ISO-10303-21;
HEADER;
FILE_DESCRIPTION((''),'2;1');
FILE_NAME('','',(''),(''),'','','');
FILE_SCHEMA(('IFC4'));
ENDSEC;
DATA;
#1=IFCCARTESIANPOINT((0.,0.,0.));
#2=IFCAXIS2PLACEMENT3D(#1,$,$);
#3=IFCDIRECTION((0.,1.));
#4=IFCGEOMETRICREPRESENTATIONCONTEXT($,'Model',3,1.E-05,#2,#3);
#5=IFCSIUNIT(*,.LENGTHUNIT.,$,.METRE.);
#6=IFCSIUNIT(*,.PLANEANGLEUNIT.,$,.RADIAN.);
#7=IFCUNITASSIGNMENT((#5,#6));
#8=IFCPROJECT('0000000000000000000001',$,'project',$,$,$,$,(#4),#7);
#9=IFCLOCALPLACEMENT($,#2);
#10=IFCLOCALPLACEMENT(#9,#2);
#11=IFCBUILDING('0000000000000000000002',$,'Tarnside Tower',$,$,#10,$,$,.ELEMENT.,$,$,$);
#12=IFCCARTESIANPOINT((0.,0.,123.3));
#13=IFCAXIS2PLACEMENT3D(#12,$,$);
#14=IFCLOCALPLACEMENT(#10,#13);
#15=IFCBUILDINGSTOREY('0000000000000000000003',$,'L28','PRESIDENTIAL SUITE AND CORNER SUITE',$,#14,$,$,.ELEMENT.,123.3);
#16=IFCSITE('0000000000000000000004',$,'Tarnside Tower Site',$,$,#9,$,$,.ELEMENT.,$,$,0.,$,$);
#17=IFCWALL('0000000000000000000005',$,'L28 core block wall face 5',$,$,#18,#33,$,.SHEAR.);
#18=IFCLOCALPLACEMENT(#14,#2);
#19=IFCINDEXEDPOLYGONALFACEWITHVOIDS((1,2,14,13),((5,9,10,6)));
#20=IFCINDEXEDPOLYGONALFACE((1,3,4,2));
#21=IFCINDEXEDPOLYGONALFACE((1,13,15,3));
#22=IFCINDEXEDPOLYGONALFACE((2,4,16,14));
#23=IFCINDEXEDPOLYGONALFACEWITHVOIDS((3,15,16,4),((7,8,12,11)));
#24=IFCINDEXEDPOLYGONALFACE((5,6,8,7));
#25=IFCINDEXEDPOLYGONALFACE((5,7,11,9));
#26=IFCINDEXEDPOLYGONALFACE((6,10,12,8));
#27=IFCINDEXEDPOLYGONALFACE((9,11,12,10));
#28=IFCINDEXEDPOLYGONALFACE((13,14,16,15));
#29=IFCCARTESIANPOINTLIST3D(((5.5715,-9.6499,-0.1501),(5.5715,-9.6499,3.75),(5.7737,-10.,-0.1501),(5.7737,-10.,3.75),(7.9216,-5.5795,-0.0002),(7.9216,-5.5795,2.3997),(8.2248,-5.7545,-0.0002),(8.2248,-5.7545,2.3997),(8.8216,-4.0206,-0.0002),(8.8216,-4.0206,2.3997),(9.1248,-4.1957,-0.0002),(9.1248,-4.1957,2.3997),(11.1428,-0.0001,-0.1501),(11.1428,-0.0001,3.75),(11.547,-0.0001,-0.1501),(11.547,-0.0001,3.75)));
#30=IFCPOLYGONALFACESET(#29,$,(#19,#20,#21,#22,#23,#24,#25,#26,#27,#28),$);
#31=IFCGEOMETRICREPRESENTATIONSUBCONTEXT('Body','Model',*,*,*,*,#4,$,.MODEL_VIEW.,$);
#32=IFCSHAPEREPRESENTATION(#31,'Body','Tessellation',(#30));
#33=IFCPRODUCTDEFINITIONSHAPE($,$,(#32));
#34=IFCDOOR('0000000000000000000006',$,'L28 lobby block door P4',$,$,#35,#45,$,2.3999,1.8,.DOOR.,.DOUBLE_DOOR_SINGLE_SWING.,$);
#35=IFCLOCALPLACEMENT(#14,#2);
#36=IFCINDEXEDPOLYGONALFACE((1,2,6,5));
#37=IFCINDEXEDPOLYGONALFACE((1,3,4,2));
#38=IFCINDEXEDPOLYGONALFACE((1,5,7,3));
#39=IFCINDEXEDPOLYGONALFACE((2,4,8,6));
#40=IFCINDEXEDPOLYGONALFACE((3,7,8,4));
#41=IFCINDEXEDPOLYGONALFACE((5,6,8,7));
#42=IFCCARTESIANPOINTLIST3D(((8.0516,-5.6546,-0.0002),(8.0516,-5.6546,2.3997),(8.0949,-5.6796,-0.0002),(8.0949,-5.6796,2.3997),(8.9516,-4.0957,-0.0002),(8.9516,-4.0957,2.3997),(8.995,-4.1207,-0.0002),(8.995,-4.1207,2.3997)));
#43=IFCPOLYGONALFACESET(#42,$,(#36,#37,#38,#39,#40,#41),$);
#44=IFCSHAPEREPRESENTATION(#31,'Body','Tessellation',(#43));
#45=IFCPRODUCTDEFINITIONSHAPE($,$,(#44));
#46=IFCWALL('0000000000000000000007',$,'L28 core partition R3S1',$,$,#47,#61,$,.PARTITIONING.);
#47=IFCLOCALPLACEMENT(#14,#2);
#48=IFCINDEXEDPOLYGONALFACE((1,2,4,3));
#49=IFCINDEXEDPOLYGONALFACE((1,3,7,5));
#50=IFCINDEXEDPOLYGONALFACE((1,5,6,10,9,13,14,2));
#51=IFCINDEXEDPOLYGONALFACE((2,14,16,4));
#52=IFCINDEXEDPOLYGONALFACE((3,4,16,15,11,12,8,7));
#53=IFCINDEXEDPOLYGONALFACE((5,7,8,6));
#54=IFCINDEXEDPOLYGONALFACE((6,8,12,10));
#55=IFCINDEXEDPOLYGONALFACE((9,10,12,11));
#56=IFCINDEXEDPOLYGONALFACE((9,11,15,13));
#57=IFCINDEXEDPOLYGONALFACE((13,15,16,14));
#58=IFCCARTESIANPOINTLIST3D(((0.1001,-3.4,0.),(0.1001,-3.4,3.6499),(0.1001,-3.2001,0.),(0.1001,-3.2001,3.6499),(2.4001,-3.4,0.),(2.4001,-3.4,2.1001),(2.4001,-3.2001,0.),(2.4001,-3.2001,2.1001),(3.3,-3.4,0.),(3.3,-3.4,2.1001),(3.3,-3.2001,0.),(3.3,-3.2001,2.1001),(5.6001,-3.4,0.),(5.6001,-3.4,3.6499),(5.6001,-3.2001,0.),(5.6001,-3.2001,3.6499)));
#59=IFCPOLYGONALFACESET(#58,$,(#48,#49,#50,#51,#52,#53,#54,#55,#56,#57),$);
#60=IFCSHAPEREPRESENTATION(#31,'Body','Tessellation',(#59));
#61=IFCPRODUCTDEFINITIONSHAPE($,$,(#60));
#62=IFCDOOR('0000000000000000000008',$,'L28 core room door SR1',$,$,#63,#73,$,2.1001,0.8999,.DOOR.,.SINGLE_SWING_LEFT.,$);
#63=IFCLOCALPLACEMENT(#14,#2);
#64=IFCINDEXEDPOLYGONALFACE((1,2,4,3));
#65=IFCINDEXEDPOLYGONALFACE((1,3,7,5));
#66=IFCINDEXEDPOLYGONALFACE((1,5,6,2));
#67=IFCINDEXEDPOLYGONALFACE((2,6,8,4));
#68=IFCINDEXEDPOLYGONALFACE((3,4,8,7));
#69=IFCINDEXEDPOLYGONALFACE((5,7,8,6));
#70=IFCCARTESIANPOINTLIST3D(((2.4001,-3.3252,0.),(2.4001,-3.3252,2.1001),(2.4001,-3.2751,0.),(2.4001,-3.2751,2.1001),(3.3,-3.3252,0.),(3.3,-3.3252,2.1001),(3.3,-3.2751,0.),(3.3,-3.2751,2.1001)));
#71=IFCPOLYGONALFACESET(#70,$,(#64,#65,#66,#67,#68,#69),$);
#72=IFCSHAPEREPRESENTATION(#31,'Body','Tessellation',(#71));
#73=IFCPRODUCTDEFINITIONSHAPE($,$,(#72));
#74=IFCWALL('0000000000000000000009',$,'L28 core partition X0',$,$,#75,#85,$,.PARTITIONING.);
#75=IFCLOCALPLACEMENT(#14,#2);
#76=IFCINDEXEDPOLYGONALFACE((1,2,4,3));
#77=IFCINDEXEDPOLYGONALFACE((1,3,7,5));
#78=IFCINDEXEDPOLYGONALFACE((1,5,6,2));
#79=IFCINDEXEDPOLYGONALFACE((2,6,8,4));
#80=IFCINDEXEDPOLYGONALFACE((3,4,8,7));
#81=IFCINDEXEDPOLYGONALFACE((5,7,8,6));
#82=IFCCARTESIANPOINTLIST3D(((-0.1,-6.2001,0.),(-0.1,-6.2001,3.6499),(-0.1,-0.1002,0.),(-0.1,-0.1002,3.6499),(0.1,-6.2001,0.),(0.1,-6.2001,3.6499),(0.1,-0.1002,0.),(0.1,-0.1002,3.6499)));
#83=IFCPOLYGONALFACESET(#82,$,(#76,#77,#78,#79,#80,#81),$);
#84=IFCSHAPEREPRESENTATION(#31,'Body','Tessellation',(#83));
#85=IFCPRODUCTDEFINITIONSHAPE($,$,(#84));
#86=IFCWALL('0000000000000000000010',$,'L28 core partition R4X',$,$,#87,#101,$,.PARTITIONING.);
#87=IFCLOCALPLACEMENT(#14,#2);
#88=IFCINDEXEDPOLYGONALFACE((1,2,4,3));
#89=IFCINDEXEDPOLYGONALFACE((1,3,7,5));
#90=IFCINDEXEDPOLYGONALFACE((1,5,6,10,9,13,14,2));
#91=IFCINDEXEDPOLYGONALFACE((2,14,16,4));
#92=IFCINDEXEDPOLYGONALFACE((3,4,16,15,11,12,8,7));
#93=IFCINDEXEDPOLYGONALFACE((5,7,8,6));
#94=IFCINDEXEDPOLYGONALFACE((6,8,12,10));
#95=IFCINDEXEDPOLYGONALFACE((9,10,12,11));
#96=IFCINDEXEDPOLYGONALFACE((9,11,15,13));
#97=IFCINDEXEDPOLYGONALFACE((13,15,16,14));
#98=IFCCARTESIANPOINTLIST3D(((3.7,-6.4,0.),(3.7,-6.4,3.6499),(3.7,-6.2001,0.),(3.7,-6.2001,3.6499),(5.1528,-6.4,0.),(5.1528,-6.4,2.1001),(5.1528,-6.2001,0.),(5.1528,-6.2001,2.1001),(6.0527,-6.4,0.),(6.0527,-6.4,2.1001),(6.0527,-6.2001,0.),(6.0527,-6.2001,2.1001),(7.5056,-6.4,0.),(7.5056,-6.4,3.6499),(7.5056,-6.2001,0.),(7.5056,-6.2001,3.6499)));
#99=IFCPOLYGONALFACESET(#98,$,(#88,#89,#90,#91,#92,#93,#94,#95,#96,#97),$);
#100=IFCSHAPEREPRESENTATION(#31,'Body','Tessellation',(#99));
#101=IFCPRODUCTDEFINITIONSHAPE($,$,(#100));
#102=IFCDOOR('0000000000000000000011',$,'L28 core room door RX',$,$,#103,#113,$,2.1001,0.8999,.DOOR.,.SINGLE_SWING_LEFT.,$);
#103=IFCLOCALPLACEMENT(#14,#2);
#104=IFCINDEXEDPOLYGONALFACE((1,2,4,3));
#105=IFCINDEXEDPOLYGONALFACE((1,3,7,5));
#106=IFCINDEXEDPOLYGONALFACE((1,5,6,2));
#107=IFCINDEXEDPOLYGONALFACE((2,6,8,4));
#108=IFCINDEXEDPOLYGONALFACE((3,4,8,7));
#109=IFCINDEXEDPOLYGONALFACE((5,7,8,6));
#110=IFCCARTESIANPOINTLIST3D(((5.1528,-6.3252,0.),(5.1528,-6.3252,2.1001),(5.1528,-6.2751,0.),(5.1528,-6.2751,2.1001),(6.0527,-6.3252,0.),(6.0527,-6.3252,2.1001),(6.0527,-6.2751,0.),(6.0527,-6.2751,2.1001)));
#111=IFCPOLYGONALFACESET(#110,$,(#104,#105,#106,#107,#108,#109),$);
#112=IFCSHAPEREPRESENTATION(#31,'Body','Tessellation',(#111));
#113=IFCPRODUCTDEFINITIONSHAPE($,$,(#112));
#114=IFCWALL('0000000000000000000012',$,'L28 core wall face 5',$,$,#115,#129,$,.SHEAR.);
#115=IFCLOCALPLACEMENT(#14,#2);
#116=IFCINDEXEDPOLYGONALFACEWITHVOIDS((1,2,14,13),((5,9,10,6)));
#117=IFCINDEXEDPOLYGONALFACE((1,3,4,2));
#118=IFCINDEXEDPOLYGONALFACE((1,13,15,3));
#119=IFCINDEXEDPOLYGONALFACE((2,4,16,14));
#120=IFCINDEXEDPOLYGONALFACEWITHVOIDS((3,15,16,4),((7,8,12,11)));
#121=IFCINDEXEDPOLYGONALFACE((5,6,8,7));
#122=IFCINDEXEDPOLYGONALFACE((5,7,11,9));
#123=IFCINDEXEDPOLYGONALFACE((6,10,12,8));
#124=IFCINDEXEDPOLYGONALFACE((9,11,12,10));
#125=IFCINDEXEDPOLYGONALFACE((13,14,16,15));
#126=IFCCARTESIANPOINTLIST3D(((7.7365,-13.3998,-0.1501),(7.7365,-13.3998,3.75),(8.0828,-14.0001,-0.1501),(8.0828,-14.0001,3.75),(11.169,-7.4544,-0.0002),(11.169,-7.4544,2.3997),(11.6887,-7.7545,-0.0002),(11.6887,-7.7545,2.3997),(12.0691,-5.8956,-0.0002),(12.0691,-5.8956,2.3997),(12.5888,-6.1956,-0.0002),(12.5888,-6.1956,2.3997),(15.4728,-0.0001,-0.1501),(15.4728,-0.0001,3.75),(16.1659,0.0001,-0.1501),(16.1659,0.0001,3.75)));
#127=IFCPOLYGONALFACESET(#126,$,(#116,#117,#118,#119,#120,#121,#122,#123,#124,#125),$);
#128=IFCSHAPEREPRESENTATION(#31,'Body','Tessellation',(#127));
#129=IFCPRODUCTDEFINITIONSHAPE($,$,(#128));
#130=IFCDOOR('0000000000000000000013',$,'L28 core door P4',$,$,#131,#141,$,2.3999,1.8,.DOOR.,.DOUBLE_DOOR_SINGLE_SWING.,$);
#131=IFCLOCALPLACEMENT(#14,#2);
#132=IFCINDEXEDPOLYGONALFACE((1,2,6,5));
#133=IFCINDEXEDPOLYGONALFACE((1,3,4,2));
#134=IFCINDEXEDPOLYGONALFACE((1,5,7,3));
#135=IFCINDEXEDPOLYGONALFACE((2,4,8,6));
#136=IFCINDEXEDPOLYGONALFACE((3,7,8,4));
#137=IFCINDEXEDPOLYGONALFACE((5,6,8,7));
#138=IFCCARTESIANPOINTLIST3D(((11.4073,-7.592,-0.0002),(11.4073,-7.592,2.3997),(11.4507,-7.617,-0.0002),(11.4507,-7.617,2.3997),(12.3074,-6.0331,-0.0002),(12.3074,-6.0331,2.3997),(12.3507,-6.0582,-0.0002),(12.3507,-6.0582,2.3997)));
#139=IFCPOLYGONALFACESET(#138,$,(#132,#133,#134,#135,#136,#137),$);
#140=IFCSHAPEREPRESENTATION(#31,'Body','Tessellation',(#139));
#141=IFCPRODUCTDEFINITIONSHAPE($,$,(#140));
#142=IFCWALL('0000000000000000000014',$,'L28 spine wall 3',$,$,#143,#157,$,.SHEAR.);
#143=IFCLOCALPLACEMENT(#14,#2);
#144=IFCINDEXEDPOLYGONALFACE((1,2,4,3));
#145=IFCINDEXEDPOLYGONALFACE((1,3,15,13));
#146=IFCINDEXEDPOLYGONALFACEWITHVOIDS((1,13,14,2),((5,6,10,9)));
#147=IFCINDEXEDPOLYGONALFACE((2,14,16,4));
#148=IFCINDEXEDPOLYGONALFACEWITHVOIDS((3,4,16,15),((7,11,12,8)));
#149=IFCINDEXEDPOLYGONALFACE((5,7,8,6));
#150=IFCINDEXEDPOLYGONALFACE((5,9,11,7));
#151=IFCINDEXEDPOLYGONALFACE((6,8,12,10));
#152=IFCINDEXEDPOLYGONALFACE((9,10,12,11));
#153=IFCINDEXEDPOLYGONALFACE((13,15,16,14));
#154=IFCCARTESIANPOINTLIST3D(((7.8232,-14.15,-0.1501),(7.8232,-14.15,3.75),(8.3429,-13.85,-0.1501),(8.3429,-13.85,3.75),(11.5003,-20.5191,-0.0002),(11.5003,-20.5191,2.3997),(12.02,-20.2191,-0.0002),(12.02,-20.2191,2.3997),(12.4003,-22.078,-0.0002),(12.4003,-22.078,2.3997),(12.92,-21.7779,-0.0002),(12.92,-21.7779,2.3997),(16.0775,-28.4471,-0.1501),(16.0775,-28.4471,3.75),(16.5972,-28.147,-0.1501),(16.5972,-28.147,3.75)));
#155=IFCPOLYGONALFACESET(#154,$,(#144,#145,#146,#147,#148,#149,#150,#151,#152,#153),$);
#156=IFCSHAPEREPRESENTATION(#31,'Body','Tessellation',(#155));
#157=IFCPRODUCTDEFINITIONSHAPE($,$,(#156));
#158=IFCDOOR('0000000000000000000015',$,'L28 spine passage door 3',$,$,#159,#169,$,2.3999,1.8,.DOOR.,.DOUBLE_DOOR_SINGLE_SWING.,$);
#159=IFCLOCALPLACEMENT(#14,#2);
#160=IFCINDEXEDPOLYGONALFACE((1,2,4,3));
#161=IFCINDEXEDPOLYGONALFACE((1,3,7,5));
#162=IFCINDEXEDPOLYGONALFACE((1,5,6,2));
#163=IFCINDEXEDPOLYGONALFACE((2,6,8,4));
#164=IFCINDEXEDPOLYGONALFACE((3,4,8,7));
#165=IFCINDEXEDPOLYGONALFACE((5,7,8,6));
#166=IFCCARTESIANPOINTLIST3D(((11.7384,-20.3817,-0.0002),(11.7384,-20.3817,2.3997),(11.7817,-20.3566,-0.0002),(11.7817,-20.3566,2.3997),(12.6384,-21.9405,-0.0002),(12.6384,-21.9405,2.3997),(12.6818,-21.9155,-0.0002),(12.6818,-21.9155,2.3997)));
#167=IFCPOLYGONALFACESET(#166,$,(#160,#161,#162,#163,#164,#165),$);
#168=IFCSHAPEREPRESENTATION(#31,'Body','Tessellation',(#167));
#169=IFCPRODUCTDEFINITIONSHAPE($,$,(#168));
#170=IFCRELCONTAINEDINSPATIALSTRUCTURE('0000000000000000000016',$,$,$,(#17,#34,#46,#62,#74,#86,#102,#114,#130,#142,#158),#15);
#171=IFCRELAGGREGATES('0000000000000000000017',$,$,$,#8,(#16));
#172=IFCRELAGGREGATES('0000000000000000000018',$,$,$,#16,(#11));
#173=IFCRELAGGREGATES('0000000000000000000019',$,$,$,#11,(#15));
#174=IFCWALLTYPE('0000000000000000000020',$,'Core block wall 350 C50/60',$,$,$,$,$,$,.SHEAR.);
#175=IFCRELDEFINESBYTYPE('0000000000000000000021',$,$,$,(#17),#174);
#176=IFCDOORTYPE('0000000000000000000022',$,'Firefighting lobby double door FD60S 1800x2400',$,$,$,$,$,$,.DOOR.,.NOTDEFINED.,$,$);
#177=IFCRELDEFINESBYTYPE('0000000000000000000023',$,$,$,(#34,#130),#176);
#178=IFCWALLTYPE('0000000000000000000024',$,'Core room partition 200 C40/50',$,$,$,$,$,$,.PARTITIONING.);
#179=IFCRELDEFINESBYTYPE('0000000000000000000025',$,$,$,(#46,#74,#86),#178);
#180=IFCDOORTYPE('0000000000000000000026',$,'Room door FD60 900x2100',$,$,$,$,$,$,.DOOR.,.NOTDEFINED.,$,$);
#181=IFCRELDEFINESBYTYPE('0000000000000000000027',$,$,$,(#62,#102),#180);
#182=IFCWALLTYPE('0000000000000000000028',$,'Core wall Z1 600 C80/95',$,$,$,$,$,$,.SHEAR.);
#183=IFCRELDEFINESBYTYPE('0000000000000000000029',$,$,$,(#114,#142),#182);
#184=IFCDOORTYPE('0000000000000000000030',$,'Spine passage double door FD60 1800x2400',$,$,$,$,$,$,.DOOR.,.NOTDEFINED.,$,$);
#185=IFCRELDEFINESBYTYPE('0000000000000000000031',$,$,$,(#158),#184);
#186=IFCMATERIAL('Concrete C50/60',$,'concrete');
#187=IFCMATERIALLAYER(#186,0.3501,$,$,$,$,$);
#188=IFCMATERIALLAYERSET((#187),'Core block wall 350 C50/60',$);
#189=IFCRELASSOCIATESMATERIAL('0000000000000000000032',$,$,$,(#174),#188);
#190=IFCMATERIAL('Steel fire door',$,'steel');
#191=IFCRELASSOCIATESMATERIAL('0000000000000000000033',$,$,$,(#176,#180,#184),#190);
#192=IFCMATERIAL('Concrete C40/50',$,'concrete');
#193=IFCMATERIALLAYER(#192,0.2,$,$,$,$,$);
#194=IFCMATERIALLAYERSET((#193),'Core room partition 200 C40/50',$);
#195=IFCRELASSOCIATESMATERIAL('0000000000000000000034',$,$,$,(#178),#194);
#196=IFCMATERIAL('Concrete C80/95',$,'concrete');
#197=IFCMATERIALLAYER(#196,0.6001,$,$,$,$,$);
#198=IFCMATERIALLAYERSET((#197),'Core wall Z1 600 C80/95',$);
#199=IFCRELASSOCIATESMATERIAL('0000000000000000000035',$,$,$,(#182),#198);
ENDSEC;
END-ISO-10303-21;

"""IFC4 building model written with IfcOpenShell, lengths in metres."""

from ifc_helpers import new_model, si_unit, direction, frame, frame_2d, origin, place, context, subcontext, project, spatial, polyline, rectangle, outline, extrude, material, layer, layer_set, type_object, element, fill, save


model = new_model("IFC4")

# Units and contexts
model_context = context("Model", 3, precision=1e-05, world=origin(), true_north=direction((0.0, 1.0)))
body_context = subcontext(model_context, "Body", "Model", "MODEL_VIEW")
ifc_project = project(units=[si_unit("LENGTHUNIT", "METRE"), si_unit("PLANEANGLEUNIT", "RADIAN")], contexts=[model_context])

# Site, building, storey
site_placement = place(None, origin())
site = spatial("IfcSite", under=ifc_project, at=site_placement, Name="Tarnside Tower Site", CompositionType="ELEMENT", RefElevation=0.0)
building_placement = place(site_placement, origin())
building = spatial("IfcBuilding", under=site, at=building_placement, Name="Tarnside Tower", CompositionType="ELEMENT")
storey_placement = place(building_placement, frame((0.0, 0.0, 123.3)))
storey = spatial("IfcBuildingStorey", under=building, at=storey_placement, Name="L28", Description="PRESIDENTIAL SUITE AND CORNER SUITE", CompositionType="ELEMENT", Elevation=123.3)

# Shared definitions
ifc_material_1 = material(Name="Concrete C40/50", Category="concrete")

# Walls, openings, doors
ifc_material_2 = material(Name="Concrete C50/60", Category="concrete")
ifc_layer_1 = layer(ifc_material_2, 0.3501)
ifc_layer_set_1 = layer_set([ifc_layer_1], Name="Core block wall 350 C50/60")
wall_type_1 = type_object("IfcWallType", Name="Core block wall 350 C50/60", PredefinedType="SHEAR", material=ifc_layer_set_1)
wall_1_placement = place(storey_placement, frame((5.6726, -9.825, -0.1501), z_axis=(0.0, 0.0, 1.0), x_axis=(0.499995, 0.866028, 0.0)))
wall_1 = element("IfcWall", 1, at=wall_1_placement, inside=storey, type_object=wall_type_1, Name="L28 core block wall face 5", PredefinedType="SHEAR", context=body_context, shape_type="SweptSolid", body=[
    extrude(outline(polyline([(-0.1011, -0.175), (11.4458, -0.175), (11.2437, 0.175), (0.1011, 0.175), (-0.1011, -0.175)])), origin(), (0.0, 0.0, 1.0), 3.9001),
])
opening_1_placement = place(wall_1_placement, frame((4.8013, 0.0, 0.1499)))
opening_1 = element("IfcOpeningElement", 2, at=opening_1_placement, cuts=wall_1, PredefinedType="OPENING", context=body_context, shape_type="SweptSolid", body=[
    extrude(rectangle(XDim=1.8, YDim=2.3999, at=frame_2d((0.8999, 1.2))), frame((0.0, 0.1851, 0.0), z_axis=(0.0, -1.0, 0.0), x_axis=(1.0, 0.0, 0.0)), (0.0, 0.0, 1.0), 0.3701),
])
ifc_material_3 = material(Name="Steel fire door", Category="steel")
door_type_1 = type_object("IfcDoorType", Name="Firefighting lobby double door FD60S 1800x2400", OperationType="NOTDEFINED", PredefinedType="DOOR", material=ifc_material_3)
door_1_placement = place(opening_1_placement, origin())
door_1 = element("IfcDoor", 3, at=door_1_placement, inside=storey, type_object=door_type_1, Name="L28 lobby block door P4", OperationType="DOUBLE_DOOR_SINGLE_SWING", OverallHeight=2.3999, OverallWidth=1.8, PredefinedType="DOOR", context=body_context, shape_type="SweptSolid", body=[
    extrude(rectangle(XDim=1.8, YDim=2.3999, at=frame_2d((0.8999, 1.2))), frame((0.0, 0.0249, 0.0), z_axis=(0.0, -1.0, 0.0), x_axis=(1.0, 0.0, 0.0)), (0.0, 0.0, 1.0), 0.05),
])
fill(opening_1, door_1)
ifc_layer_2 = layer(ifc_material_1, 0.2)
ifc_layer_set_2 = layer_set([ifc_layer_2], Name="Core room partition 200 C40/50")
wall_type_2 = type_object("IfcWallType", Name="Core room partition 200 C40/50", PredefinedType="PARTITIONING", material=ifc_layer_set_2)
wall_2_placement = place(storey_placement, frame((0.1001, -3.3, 0.0), z_axis=(0.0, 0.0, 1.0), x_axis=(1.0, 0.0, 0.0)))
wall_2 = element("IfcWall", 4, at=wall_2_placement, inside=storey, type_object=wall_type_2, Name="L28 core partition R3S1", PredefinedType="PARTITIONING", context=body_context, shape_type="SweptSolid", body=[
    extrude(rectangle(XDim=5.5, YDim=0.2, at=frame_2d((2.75, 0.0))), origin(), (0.0, 0.0, 1.0), 3.6499),
])
opening_2_placement = place(wall_2_placement, frame((2.3, 0.0, 0.0)))
opening_2 = element("IfcOpeningElement", 5, at=opening_2_placement, cuts=wall_2, PredefinedType="OPENING", context=body_context, shape_type="SweptSolid", body=[
    extrude(rectangle(XDim=0.8999, YDim=2.1001, at=frame_2d((0.45, 1.05))), frame((0.0, 0.1099, 0.0), z_axis=(0.0, -1.0, 0.0), x_axis=(1.0, 0.0, 0.0)), (0.0, 0.0, 1.0), 0.22),
])
door_type_2 = type_object("IfcDoorType", Name="Room door FD60 900x2100", OperationType="NOTDEFINED", PredefinedType="DOOR", material=ifc_material_3)
door_2_placement = place(opening_2_placement, origin())
door_2 = element("IfcDoor", 6, at=door_2_placement, inside=storey, type_object=door_type_2, Name="L28 core room door SR1", OperationType="SINGLE_SWING_LEFT", OverallHeight=2.1001, OverallWidth=0.8999, PredefinedType="DOOR", context=body_context, shape_type="SweptSolid", body=[
    extrude(rectangle(XDim=0.8999, YDim=2.1001, at=frame_2d((0.45, 1.05))), frame((0.0, 0.0249, 0.0), z_axis=(0.0, -1.0, 0.0), x_axis=(1.0, 0.0, 0.0)), (0.0, 0.0, 1.0), 0.05),
])
fill(opening_2, door_2)

# Wall
wall_3_placement = place(storey_placement, frame((0.0, -6.2, 0.0), z_axis=(0.0, 0.0, 1.0), x_axis=(0.0, 1.0, 0.0)))
element("IfcWall", 7, at=wall_3_placement, inside=storey, type_object=wall_type_2, Name="L28 core partition X0", PredefinedType="PARTITIONING", context=body_context, shape_type="SweptSolid", body=[
    extrude(rectangle(XDim=6.0999, YDim=0.2, at=frame_2d((3.0498, 0.0))), origin(), (0.0, 0.0, 1.0), 3.6499),
])

# Walls, openings, doors
wall_4_placement = place(storey_placement, frame((3.7, -6.3, 0.0), z_axis=(0.0, 0.0, 1.0), x_axis=(1.0, 0.0, 0.0)))
wall_4 = element("IfcWall", 8, at=wall_4_placement, inside=storey, type_object=wall_type_2, Name="L28 core partition R4X", PredefinedType="PARTITIONING", context=body_context, shape_type="SweptSolid", body=[
    extrude(rectangle(XDim=3.8057, YDim=0.2, at=frame_2d((1.9028, 0.0))), origin(), (0.0, 0.0, 1.0), 3.6499),
])
opening_3_placement = place(wall_4_placement, frame((1.4529, 0.0, 0.0)))
opening_3 = element("IfcOpeningElement", 9, at=opening_3_placement, cuts=wall_4, PredefinedType="OPENING", context=body_context, shape_type="SweptSolid", body=[
    extrude(rectangle(XDim=0.8999, YDim=2.1001, at=frame_2d((0.45, 1.05))), frame((0.0, 0.1099, 0.0), z_axis=(0.0, -1.0, 0.0), x_axis=(1.0, 0.0, 0.0)), (0.0, 0.0, 1.0), 0.22),
])
door_3_placement = place(opening_3_placement, origin())
door_3 = element("IfcDoor", 10, at=door_3_placement, inside=storey, type_object=door_type_2, Name="L28 core room door RX", OperationType="SINGLE_SWING_LEFT", OverallHeight=2.1001, OverallWidth=0.8999, PredefinedType="DOOR", context=body_context, shape_type="SweptSolid", body=[
    extrude(rectangle(XDim=0.8999, YDim=2.1001, at=frame_2d((0.45, 1.05))), frame((0.0, 0.0249, 0.0), z_axis=(0.0, -1.0, 0.0), x_axis=(1.0, 0.0, 0.0)), (0.0, 0.0, 1.0), 0.05),
])
fill(opening_3, door_3)
ifc_material_4 = material(Name="Concrete C80/95", Category="concrete")
ifc_layer_3 = layer(ifc_material_4, 0.6001)
ifc_layer_set_3 = layer_set([ifc_layer_3], Name="Core wall Z1 600 C80/95")
wall_type_3 = type_object("IfcWallType", Name="Core wall Z1 600 C80/95", PredefinedType="SHEAR", material=ifc_layer_set_3)
wall_5_placement = place(storey_placement, frame((7.9097, -13.7, -0.1501), z_axis=(0.0, 0.0, 1.0), x_axis=(0.5, 0.866025, 0.0)))
wall_5 = element("IfcWall", 11, at=wall_5_placement, inside=storey, type_object=wall_type_3, Name="L28 core wall face 5", PredefinedType="SHEAR", context=body_context, shape_type="SweptSolid", body=[
    extrude(outline(polyline([(-0.1733, -0.3), (15.9927, -0.3), (15.646, 0.3), (0.1733, 0.3), (-0.1733, -0.3)])), origin(), (0.0, 0.0, 1.0), 3.9001),
])
opening_4_placement = place(wall_5_placement, frame((7.0386, 0.0, 0.1499)))
opening_4 = element("IfcOpeningElement", 12, at=opening_4_placement, cuts=wall_5, PredefinedType="OPENING", context=body_context, shape_type="SweptSolid", body=[
    extrude(rectangle(XDim=1.8, YDim=2.3999, at=frame_2d((0.8999, 1.2))), frame((0.0, 0.3101, 0.0), z_axis=(0.0, -1.0, 0.0), x_axis=(1.0, 0.0, 0.0)), (0.0, 0.0, 1.0), 0.6201),
])
door_4_placement = place(opening_4_placement, origin())
door_4 = element("IfcDoor", 13, at=door_4_placement, inside=storey, type_object=door_type_1, Name="L28 core door P4", OperationType="DOUBLE_DOOR_SINGLE_SWING", OverallHeight=2.3999, OverallWidth=1.8, PredefinedType="DOOR", context=body_context, shape_type="SweptSolid", body=[
    extrude(rectangle(XDim=1.8, YDim=2.3999, at=frame_2d((0.8999, 1.2))), frame((0.0, 0.0249, 0.0), z_axis=(0.0, -1.0, 0.0), x_axis=(1.0, 0.0, 0.0)), (0.0, 0.0, 1.0), 0.05),
])
fill(opening_4, door_4)
wall_6_placement = place(storey_placement, frame((8.083, -14.0, -0.1501), z_axis=(0.0, 0.0, 1.0), x_axis=(0.499998, -0.866027, 0.0)))
wall_6 = element("IfcWall", 14, at=wall_6_placement, inside=storey, type_object=wall_type_3, Name="L28 spine wall 3", PredefinedType="SHEAR", context=body_context, shape_type="SweptSolid", body=[
    extrude(rectangle(XDim=16.5088, YDim=0.6001, at=frame_2d((8.2544, 0.0))), origin(), (0.0, 0.0, 1.0), 3.9001),
])
opening_5_placement = place(wall_6_placement, frame((7.3545, 0.0, 0.1499)))
opening_5 = element("IfcOpeningElement", 15, at=opening_5_placement, cuts=wall_6, PredefinedType="OPENING", context=body_context, shape_type="SweptSolid", body=[
    extrude(rectangle(XDim=1.8, YDim=2.3999, at=frame_2d((0.8999, 1.2))), frame((0.0, 0.3101, 0.0), z_axis=(0.0, -1.0, 0.0), x_axis=(1.0, 0.0, 0.0)), (0.0, 0.0, 1.0), 0.6201),
])
door_type_3 = type_object("IfcDoorType", Name="Spine passage double door FD60 1800x2400", OperationType="NOTDEFINED", PredefinedType="DOOR", material=ifc_material_3)
door_5_placement = place(opening_5_placement, origin())
door_5 = element("IfcDoor", 16, at=door_5_placement, inside=storey, type_object=door_type_3, Name="L28 spine passage door 3", OperationType="DOUBLE_DOOR_SINGLE_SWING", OverallHeight=2.3999, OverallWidth=1.8, PredefinedType="DOOR", context=body_context, shape_type="SweptSolid", body=[
    extrude(rectangle(XDim=1.8, YDim=2.3999, at=frame_2d((0.8999, 1.2))), frame((0.0, 0.0249, 0.0), z_axis=(0.0, -1.0, 0.0), x_axis=(1.0, 0.0, 0.0)), (0.0, 0.0, 1.0), 0.05),
])
fill(opening_5, door_5)

save(model, "model.ifc")
